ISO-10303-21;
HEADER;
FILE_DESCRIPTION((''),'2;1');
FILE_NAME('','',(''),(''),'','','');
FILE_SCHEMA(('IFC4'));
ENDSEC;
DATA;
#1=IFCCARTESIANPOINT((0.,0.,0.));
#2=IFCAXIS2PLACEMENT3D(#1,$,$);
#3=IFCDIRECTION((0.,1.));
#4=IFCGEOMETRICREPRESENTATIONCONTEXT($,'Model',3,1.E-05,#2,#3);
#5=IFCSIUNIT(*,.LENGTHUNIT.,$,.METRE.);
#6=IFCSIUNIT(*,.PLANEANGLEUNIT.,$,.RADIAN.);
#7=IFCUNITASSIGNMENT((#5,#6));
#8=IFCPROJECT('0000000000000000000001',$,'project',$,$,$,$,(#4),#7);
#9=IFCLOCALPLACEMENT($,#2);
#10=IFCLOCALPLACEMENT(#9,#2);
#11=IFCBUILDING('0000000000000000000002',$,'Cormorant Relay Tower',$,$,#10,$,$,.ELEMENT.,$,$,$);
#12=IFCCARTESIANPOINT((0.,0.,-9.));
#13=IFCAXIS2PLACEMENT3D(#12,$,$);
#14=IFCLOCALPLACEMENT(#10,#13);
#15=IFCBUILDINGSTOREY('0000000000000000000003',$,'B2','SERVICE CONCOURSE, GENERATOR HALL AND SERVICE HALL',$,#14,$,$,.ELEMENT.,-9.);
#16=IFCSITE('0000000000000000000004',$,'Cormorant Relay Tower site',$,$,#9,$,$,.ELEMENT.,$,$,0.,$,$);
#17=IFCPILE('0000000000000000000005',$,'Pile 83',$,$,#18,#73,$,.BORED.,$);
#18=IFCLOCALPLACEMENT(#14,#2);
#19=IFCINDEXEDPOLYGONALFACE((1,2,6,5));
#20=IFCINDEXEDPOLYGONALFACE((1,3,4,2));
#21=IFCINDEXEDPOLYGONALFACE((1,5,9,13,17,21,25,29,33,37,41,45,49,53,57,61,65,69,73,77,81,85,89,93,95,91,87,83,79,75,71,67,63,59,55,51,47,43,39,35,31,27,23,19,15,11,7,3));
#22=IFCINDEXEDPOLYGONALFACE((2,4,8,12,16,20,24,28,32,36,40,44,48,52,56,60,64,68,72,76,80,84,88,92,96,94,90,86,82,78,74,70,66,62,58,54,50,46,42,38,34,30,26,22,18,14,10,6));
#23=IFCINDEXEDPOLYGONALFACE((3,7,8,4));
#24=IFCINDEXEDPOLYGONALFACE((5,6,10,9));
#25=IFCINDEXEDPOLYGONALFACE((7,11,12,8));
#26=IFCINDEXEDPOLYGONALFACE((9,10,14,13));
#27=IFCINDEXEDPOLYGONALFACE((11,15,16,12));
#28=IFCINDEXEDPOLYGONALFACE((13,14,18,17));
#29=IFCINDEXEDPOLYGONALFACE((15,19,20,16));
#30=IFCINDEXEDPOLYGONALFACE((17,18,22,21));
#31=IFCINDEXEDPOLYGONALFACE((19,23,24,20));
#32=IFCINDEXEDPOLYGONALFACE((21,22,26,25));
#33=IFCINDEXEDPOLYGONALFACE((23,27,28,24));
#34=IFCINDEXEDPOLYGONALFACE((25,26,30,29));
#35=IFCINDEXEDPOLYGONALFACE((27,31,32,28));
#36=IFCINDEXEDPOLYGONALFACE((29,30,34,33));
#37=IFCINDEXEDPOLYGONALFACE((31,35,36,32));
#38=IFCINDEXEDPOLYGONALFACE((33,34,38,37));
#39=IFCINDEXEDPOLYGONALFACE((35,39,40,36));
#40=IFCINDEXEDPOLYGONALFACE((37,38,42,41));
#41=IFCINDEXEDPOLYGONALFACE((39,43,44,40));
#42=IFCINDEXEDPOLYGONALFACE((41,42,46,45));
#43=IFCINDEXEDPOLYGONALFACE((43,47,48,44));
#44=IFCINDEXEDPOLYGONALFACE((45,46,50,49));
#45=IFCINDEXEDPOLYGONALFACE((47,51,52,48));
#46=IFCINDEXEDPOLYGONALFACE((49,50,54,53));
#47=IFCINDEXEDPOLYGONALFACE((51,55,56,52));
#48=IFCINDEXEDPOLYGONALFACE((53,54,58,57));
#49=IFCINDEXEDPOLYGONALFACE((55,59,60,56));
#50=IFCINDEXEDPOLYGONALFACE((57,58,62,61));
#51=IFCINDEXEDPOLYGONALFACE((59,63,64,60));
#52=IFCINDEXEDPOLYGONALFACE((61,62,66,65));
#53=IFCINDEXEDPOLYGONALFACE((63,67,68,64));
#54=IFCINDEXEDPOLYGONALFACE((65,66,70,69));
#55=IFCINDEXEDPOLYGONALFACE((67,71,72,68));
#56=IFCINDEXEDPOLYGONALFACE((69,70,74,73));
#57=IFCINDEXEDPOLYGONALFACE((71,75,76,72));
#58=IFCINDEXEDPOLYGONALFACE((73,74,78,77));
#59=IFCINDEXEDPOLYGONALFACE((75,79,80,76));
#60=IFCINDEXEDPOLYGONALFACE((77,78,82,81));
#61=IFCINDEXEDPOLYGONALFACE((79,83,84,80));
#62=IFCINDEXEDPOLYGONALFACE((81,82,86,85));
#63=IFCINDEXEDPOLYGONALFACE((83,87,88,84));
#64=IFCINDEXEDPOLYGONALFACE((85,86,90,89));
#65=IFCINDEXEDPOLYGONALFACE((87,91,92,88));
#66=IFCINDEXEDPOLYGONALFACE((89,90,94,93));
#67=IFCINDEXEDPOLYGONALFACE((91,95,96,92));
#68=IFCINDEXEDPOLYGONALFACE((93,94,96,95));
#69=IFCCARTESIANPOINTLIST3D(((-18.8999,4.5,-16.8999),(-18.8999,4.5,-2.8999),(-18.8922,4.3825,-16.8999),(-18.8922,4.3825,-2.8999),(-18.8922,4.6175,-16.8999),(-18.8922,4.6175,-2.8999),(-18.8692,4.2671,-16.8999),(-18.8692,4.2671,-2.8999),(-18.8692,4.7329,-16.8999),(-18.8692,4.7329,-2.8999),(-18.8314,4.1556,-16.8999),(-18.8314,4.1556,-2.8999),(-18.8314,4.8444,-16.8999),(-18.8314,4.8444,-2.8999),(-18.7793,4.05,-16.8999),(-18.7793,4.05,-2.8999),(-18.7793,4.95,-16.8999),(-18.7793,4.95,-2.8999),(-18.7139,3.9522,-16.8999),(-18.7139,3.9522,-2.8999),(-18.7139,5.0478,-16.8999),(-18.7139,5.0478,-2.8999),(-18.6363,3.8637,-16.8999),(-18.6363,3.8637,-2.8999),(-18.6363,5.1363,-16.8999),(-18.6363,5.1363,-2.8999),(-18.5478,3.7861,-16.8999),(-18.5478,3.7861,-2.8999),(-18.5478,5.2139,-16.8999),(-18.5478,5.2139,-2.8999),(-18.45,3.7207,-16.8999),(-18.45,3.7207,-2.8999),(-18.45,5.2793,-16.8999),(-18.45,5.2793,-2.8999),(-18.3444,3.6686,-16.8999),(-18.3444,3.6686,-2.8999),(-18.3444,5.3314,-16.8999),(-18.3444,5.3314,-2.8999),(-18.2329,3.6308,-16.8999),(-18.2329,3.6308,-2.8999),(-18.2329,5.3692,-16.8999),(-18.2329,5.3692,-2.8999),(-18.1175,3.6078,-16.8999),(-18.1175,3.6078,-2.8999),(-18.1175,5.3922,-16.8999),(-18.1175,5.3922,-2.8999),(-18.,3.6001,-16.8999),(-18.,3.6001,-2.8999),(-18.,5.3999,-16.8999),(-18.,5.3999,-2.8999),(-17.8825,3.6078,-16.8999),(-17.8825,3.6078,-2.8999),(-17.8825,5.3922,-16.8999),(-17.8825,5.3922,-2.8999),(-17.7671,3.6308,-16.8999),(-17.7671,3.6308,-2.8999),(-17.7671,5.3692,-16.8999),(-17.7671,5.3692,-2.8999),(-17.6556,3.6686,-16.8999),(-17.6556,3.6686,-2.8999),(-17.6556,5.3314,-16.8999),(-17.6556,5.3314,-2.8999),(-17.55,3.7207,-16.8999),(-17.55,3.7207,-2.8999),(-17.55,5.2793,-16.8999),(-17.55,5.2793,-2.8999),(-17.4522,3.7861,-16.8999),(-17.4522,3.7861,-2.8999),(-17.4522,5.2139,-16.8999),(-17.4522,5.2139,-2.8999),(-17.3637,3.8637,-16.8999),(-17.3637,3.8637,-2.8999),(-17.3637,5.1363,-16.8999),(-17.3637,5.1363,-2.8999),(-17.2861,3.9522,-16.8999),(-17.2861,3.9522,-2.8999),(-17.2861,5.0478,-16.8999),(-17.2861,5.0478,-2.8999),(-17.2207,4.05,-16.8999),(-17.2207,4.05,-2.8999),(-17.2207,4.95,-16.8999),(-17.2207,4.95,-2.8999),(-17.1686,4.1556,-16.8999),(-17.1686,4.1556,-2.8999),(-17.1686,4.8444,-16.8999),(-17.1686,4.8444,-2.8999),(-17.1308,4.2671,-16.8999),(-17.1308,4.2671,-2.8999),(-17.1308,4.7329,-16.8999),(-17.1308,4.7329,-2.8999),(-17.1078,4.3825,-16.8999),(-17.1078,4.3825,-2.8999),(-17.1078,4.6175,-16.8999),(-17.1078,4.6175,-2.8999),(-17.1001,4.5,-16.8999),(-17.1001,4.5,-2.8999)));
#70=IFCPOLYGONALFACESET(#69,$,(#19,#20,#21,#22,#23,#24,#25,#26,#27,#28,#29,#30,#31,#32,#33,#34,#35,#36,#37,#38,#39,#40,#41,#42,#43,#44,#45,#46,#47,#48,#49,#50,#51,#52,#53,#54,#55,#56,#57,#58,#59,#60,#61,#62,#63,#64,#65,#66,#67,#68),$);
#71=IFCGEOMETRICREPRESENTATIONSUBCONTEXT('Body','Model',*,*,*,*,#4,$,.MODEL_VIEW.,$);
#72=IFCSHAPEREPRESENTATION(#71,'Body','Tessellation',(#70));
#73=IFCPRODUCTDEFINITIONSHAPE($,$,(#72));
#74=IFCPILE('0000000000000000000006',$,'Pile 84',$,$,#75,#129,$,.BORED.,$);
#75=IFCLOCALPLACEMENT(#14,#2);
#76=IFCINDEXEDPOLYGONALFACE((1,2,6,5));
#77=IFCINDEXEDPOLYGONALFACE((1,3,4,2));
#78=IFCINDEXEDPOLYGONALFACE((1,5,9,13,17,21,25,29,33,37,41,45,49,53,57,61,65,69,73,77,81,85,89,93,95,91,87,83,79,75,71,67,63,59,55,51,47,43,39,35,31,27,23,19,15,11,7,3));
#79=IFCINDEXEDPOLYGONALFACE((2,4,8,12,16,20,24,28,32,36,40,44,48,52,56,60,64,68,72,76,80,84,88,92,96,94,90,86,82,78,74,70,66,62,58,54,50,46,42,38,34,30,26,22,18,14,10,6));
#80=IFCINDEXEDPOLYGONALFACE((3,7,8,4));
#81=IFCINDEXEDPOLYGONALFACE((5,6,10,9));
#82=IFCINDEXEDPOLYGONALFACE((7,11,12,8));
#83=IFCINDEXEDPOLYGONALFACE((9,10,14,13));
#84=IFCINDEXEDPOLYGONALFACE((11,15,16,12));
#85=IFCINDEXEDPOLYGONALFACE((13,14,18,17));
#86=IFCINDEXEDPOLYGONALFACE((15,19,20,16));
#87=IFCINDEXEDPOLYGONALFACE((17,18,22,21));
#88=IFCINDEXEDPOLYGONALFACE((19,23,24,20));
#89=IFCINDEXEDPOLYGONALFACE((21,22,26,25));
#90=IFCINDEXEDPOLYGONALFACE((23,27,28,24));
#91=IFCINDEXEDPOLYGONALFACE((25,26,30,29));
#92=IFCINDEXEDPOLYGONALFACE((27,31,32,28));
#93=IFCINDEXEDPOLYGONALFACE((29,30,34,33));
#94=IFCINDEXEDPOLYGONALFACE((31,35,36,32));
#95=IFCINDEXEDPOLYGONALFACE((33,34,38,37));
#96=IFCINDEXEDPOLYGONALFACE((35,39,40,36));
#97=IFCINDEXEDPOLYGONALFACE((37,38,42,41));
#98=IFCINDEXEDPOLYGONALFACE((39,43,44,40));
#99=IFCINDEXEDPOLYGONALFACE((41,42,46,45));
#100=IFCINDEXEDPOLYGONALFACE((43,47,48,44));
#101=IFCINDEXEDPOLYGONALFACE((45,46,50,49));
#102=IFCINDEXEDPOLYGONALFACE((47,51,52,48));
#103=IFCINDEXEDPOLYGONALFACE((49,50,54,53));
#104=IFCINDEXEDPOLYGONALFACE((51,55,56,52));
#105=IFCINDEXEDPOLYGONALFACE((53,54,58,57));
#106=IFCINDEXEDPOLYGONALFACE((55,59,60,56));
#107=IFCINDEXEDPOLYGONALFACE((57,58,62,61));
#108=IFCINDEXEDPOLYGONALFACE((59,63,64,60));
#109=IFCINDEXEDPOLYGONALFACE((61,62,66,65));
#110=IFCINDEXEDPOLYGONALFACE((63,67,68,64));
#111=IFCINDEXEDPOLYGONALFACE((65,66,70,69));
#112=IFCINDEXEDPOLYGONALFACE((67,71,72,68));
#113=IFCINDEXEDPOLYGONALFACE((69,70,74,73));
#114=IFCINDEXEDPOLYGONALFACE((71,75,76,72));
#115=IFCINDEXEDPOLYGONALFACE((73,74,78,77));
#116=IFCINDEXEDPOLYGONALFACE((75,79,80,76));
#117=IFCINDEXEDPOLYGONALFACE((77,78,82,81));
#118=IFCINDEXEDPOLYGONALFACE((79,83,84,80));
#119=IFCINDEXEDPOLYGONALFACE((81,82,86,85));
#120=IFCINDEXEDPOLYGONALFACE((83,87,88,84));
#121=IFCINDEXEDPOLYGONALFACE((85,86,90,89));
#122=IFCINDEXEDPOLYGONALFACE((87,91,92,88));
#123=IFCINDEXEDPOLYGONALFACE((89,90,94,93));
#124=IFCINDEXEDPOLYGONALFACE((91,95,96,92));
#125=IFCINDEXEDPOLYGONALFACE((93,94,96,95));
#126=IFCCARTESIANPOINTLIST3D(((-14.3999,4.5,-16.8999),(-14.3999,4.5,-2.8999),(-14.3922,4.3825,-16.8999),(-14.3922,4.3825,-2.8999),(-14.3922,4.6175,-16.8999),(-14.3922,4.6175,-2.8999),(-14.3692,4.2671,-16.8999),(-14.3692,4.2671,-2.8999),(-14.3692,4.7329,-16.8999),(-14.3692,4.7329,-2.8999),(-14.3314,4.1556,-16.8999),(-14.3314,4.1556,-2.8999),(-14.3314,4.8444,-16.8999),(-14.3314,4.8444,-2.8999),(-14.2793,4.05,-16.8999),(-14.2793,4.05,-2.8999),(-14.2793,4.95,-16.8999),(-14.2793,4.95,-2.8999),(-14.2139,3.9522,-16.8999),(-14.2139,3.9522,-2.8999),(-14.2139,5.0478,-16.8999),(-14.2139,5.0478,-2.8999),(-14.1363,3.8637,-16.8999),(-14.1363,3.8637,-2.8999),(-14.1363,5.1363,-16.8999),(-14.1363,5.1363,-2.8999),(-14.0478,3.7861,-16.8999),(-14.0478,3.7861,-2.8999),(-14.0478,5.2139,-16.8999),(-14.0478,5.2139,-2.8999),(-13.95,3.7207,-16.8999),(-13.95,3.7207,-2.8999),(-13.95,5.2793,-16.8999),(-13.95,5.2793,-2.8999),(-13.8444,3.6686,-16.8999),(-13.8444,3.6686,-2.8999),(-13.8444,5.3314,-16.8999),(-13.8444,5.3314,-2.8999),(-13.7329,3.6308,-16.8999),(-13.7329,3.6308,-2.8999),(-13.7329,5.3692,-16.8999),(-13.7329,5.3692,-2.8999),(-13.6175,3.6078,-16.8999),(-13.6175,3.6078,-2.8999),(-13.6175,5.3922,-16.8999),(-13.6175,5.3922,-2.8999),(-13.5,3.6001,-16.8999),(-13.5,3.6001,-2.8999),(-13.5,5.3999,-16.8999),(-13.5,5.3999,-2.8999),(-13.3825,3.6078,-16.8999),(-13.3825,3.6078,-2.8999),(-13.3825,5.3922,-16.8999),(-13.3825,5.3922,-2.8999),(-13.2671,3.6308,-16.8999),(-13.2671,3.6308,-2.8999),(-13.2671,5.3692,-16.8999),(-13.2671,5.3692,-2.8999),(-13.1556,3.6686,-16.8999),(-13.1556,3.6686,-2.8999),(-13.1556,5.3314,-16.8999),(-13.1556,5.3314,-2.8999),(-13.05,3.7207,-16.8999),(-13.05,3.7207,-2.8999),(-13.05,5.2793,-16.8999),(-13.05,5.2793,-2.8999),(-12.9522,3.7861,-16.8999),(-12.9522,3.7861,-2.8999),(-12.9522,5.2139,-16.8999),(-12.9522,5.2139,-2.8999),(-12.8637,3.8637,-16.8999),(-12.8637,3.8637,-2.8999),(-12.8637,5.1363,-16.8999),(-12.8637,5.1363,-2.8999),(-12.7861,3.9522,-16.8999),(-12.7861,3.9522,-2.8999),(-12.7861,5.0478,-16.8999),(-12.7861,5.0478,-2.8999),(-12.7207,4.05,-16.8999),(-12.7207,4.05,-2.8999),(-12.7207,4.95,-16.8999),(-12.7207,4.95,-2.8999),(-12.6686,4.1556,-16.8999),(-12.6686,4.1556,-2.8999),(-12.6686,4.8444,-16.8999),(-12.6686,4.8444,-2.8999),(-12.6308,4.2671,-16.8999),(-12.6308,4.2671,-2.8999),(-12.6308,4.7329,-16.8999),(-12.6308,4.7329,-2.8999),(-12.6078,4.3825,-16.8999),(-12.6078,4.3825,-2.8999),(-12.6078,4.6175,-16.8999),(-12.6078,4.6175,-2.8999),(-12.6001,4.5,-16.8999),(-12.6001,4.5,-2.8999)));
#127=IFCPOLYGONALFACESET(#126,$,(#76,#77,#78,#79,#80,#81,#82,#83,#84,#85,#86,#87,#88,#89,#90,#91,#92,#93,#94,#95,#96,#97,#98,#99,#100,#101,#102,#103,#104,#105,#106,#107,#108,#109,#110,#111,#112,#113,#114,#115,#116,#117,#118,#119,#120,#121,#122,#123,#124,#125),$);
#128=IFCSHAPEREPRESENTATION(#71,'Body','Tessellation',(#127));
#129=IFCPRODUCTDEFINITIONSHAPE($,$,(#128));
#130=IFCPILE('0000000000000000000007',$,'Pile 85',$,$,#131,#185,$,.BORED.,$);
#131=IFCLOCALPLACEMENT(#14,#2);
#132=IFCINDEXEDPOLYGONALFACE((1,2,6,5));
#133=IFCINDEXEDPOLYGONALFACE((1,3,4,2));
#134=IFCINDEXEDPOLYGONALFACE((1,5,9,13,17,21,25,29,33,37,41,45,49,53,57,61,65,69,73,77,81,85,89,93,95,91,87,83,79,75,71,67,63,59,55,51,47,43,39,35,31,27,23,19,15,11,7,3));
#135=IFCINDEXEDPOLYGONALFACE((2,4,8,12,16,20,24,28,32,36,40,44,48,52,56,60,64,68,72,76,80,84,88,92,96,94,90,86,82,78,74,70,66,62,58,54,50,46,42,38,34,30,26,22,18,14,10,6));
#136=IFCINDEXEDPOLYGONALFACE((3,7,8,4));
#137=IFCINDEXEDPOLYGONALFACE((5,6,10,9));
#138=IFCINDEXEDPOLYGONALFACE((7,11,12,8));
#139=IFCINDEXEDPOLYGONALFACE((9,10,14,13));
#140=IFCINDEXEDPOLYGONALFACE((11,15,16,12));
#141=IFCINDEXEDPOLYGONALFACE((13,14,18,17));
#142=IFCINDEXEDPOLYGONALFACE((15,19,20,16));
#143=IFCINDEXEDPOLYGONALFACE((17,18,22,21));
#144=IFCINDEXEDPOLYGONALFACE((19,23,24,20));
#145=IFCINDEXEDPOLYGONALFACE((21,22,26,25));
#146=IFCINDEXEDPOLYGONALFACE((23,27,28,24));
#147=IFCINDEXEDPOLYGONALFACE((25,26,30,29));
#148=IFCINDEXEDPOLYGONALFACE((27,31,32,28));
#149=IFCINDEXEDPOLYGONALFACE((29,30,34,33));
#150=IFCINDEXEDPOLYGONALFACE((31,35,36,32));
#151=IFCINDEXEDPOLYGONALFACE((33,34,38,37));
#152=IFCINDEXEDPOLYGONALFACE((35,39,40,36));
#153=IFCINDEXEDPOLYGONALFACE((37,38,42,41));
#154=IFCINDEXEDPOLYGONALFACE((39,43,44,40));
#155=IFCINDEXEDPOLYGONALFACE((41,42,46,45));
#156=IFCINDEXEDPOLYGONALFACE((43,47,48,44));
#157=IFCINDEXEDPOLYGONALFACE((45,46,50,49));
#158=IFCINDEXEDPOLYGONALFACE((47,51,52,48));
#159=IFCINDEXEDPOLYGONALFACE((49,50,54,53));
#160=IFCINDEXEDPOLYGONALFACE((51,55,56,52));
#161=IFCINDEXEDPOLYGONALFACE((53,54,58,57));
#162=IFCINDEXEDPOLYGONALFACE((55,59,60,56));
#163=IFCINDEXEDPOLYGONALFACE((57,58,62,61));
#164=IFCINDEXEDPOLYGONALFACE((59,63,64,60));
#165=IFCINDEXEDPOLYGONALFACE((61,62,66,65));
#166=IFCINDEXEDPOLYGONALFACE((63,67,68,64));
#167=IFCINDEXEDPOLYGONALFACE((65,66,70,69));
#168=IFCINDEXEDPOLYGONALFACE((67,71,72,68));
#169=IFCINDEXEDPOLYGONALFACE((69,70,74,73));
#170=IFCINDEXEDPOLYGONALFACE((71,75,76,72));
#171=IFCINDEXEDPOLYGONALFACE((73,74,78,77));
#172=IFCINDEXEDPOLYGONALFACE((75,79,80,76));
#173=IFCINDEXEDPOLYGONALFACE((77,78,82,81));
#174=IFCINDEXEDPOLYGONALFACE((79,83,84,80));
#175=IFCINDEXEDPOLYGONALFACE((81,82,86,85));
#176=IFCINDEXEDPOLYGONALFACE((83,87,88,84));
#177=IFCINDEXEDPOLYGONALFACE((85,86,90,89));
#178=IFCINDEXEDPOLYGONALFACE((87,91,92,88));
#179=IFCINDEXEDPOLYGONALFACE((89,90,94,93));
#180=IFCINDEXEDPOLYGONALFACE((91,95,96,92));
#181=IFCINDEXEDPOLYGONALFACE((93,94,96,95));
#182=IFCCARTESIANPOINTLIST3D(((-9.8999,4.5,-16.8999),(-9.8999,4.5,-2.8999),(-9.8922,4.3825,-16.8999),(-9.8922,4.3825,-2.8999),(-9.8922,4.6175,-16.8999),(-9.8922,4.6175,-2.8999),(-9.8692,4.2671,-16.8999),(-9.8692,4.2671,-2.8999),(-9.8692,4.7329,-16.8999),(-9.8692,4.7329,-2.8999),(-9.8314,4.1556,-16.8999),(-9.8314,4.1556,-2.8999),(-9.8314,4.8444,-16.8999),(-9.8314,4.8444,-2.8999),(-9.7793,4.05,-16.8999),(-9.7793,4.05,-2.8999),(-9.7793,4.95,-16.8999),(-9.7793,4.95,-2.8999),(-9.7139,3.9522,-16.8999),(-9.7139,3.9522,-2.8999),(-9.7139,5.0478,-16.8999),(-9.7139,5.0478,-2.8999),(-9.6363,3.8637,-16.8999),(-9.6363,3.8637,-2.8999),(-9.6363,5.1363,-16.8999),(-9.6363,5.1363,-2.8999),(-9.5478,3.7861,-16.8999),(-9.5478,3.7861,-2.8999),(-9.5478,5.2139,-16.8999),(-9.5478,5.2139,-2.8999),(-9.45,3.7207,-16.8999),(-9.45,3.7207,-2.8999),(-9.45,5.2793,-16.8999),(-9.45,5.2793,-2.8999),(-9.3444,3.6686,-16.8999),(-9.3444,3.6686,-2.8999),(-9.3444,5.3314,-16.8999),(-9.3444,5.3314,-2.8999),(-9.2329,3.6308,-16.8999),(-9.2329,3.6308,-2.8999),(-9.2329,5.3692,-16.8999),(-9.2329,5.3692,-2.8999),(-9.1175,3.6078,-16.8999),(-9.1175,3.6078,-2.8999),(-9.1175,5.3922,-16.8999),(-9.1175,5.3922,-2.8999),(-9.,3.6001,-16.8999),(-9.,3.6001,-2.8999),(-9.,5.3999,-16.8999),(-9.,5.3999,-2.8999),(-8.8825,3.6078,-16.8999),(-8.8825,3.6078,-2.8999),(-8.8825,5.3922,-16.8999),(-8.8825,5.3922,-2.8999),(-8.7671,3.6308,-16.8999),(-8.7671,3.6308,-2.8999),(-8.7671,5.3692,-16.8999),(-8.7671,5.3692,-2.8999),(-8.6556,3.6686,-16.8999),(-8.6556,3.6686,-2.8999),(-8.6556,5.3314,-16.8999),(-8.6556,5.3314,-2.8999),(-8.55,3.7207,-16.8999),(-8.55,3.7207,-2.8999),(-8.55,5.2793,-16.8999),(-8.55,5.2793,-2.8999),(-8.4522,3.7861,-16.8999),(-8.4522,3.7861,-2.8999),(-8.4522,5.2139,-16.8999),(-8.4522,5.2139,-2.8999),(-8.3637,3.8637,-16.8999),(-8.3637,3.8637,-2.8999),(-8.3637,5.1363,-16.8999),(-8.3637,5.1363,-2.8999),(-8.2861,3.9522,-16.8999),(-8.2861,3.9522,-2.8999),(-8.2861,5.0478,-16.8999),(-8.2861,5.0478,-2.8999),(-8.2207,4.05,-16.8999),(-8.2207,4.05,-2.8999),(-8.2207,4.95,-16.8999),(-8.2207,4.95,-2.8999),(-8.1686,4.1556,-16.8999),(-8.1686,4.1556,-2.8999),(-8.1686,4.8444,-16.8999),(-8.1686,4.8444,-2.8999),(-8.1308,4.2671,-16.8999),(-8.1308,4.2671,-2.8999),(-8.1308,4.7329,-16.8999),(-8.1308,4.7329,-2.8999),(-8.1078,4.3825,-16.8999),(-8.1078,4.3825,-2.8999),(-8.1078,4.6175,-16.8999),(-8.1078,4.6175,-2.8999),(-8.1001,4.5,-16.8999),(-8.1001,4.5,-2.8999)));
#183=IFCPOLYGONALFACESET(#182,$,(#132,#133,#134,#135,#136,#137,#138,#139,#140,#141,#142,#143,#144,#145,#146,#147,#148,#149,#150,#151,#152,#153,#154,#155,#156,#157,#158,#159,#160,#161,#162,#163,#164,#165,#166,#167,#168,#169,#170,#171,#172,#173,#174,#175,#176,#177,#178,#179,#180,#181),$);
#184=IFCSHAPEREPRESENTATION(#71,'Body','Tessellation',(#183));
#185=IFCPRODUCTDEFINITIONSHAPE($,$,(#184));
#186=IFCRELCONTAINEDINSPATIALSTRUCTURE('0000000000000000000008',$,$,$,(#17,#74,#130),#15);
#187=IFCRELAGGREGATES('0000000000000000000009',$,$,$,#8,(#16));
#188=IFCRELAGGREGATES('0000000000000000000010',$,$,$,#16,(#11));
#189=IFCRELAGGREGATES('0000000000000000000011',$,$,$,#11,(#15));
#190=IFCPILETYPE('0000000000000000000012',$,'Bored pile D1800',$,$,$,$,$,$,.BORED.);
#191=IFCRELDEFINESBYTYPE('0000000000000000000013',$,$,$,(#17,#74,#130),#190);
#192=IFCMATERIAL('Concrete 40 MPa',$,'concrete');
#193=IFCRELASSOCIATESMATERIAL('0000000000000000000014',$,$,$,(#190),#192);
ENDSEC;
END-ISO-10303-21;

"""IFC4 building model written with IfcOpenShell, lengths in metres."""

from ifc_helpers import new_model, si_unit, direction, frame, origin, origin_2d, place, context, subcontext, project, spatial, circle, extrude, material, material_profile, profile_set, type_object, element, save


model = new_model("IFC4")

# Units and contexts
model_context = context("Model", 3, precision=1e-05, world=origin(), true_north=direction((0.0, 1.0)))
body_context = subcontext(model_context, "Body", "Model", "MODEL_VIEW")
ifc_project = project(units=[si_unit("LENGTHUNIT", "METRE"), si_unit("PLANEANGLEUNIT", "RADIAN")], contexts=[model_context])

# Site, building, storey
site_placement = place(None, origin())
site = spatial("IfcSite", under=ifc_project, at=site_placement, Name="Cormorant Relay Tower site", CompositionType="ELEMENT", RefElevation=0.0)
building_placement = place(site_placement, origin())
building = spatial("IfcBuilding", under=site, at=building_placement, Name="Cormorant Relay Tower", CompositionType="ELEMENT")
storey_placement = place(building_placement, frame((0.0, 0.0, -9.0)))
storey = spatial("IfcBuildingStorey", under=building, at=storey_placement, Name="B2", Description="SERVICE CONCOURSE, GENERATOR HALL AND SERVICE HALL", CompositionType="ELEMENT", Elevation=-9.0)

# Piles
ifc_material_1 = material(Name="Concrete 40 MPa", Category="concrete")
ifc_material_profile_1 = material_profile(ifc_material_1, circle(Radius=0.8999, at=origin_2d()), Name="BP1800")
ifc_profile_set_1 = profile_set([ifc_material_profile_1], Name="Concrete 40 MPa")
pile_type = type_object("IfcPileType", Name="Bored pile D1800", PredefinedType="BORED", material=ifc_profile_set_1)
for number, where, z_axis, x_axis, name in (
    (1, (-18.0, 4.5, -2.8999), (0.0, 0.0, -1.0), (1.0, 0.0, 0.0), "Pile 83"),
    (2, (-13.5, 4.5, -2.8999), (0.0, 0.0, -1.0), (1.0, 0.0, 0.0), "Pile 84"),
    (3, (-9.0, 4.5, -2.8999), (0.0, 0.0, -1.0), (1.0, 0.0, 0.0), "Pile 85"),
):
    element("IfcPile", number, at=place(storey_placement, frame(where, z_axis=z_axis, x_axis=x_axis)), inside=storey, type_object=pile_type, Name=name, PredefinedType="BORED", context=body_context, shape_type="SweptSolid", body=[
        extrude(circle(Radius=0.8999, at=origin_2d()), origin(), (0.0, 0.0, 1.0), 14.0),
    ])

save(model, "model.ifc")
